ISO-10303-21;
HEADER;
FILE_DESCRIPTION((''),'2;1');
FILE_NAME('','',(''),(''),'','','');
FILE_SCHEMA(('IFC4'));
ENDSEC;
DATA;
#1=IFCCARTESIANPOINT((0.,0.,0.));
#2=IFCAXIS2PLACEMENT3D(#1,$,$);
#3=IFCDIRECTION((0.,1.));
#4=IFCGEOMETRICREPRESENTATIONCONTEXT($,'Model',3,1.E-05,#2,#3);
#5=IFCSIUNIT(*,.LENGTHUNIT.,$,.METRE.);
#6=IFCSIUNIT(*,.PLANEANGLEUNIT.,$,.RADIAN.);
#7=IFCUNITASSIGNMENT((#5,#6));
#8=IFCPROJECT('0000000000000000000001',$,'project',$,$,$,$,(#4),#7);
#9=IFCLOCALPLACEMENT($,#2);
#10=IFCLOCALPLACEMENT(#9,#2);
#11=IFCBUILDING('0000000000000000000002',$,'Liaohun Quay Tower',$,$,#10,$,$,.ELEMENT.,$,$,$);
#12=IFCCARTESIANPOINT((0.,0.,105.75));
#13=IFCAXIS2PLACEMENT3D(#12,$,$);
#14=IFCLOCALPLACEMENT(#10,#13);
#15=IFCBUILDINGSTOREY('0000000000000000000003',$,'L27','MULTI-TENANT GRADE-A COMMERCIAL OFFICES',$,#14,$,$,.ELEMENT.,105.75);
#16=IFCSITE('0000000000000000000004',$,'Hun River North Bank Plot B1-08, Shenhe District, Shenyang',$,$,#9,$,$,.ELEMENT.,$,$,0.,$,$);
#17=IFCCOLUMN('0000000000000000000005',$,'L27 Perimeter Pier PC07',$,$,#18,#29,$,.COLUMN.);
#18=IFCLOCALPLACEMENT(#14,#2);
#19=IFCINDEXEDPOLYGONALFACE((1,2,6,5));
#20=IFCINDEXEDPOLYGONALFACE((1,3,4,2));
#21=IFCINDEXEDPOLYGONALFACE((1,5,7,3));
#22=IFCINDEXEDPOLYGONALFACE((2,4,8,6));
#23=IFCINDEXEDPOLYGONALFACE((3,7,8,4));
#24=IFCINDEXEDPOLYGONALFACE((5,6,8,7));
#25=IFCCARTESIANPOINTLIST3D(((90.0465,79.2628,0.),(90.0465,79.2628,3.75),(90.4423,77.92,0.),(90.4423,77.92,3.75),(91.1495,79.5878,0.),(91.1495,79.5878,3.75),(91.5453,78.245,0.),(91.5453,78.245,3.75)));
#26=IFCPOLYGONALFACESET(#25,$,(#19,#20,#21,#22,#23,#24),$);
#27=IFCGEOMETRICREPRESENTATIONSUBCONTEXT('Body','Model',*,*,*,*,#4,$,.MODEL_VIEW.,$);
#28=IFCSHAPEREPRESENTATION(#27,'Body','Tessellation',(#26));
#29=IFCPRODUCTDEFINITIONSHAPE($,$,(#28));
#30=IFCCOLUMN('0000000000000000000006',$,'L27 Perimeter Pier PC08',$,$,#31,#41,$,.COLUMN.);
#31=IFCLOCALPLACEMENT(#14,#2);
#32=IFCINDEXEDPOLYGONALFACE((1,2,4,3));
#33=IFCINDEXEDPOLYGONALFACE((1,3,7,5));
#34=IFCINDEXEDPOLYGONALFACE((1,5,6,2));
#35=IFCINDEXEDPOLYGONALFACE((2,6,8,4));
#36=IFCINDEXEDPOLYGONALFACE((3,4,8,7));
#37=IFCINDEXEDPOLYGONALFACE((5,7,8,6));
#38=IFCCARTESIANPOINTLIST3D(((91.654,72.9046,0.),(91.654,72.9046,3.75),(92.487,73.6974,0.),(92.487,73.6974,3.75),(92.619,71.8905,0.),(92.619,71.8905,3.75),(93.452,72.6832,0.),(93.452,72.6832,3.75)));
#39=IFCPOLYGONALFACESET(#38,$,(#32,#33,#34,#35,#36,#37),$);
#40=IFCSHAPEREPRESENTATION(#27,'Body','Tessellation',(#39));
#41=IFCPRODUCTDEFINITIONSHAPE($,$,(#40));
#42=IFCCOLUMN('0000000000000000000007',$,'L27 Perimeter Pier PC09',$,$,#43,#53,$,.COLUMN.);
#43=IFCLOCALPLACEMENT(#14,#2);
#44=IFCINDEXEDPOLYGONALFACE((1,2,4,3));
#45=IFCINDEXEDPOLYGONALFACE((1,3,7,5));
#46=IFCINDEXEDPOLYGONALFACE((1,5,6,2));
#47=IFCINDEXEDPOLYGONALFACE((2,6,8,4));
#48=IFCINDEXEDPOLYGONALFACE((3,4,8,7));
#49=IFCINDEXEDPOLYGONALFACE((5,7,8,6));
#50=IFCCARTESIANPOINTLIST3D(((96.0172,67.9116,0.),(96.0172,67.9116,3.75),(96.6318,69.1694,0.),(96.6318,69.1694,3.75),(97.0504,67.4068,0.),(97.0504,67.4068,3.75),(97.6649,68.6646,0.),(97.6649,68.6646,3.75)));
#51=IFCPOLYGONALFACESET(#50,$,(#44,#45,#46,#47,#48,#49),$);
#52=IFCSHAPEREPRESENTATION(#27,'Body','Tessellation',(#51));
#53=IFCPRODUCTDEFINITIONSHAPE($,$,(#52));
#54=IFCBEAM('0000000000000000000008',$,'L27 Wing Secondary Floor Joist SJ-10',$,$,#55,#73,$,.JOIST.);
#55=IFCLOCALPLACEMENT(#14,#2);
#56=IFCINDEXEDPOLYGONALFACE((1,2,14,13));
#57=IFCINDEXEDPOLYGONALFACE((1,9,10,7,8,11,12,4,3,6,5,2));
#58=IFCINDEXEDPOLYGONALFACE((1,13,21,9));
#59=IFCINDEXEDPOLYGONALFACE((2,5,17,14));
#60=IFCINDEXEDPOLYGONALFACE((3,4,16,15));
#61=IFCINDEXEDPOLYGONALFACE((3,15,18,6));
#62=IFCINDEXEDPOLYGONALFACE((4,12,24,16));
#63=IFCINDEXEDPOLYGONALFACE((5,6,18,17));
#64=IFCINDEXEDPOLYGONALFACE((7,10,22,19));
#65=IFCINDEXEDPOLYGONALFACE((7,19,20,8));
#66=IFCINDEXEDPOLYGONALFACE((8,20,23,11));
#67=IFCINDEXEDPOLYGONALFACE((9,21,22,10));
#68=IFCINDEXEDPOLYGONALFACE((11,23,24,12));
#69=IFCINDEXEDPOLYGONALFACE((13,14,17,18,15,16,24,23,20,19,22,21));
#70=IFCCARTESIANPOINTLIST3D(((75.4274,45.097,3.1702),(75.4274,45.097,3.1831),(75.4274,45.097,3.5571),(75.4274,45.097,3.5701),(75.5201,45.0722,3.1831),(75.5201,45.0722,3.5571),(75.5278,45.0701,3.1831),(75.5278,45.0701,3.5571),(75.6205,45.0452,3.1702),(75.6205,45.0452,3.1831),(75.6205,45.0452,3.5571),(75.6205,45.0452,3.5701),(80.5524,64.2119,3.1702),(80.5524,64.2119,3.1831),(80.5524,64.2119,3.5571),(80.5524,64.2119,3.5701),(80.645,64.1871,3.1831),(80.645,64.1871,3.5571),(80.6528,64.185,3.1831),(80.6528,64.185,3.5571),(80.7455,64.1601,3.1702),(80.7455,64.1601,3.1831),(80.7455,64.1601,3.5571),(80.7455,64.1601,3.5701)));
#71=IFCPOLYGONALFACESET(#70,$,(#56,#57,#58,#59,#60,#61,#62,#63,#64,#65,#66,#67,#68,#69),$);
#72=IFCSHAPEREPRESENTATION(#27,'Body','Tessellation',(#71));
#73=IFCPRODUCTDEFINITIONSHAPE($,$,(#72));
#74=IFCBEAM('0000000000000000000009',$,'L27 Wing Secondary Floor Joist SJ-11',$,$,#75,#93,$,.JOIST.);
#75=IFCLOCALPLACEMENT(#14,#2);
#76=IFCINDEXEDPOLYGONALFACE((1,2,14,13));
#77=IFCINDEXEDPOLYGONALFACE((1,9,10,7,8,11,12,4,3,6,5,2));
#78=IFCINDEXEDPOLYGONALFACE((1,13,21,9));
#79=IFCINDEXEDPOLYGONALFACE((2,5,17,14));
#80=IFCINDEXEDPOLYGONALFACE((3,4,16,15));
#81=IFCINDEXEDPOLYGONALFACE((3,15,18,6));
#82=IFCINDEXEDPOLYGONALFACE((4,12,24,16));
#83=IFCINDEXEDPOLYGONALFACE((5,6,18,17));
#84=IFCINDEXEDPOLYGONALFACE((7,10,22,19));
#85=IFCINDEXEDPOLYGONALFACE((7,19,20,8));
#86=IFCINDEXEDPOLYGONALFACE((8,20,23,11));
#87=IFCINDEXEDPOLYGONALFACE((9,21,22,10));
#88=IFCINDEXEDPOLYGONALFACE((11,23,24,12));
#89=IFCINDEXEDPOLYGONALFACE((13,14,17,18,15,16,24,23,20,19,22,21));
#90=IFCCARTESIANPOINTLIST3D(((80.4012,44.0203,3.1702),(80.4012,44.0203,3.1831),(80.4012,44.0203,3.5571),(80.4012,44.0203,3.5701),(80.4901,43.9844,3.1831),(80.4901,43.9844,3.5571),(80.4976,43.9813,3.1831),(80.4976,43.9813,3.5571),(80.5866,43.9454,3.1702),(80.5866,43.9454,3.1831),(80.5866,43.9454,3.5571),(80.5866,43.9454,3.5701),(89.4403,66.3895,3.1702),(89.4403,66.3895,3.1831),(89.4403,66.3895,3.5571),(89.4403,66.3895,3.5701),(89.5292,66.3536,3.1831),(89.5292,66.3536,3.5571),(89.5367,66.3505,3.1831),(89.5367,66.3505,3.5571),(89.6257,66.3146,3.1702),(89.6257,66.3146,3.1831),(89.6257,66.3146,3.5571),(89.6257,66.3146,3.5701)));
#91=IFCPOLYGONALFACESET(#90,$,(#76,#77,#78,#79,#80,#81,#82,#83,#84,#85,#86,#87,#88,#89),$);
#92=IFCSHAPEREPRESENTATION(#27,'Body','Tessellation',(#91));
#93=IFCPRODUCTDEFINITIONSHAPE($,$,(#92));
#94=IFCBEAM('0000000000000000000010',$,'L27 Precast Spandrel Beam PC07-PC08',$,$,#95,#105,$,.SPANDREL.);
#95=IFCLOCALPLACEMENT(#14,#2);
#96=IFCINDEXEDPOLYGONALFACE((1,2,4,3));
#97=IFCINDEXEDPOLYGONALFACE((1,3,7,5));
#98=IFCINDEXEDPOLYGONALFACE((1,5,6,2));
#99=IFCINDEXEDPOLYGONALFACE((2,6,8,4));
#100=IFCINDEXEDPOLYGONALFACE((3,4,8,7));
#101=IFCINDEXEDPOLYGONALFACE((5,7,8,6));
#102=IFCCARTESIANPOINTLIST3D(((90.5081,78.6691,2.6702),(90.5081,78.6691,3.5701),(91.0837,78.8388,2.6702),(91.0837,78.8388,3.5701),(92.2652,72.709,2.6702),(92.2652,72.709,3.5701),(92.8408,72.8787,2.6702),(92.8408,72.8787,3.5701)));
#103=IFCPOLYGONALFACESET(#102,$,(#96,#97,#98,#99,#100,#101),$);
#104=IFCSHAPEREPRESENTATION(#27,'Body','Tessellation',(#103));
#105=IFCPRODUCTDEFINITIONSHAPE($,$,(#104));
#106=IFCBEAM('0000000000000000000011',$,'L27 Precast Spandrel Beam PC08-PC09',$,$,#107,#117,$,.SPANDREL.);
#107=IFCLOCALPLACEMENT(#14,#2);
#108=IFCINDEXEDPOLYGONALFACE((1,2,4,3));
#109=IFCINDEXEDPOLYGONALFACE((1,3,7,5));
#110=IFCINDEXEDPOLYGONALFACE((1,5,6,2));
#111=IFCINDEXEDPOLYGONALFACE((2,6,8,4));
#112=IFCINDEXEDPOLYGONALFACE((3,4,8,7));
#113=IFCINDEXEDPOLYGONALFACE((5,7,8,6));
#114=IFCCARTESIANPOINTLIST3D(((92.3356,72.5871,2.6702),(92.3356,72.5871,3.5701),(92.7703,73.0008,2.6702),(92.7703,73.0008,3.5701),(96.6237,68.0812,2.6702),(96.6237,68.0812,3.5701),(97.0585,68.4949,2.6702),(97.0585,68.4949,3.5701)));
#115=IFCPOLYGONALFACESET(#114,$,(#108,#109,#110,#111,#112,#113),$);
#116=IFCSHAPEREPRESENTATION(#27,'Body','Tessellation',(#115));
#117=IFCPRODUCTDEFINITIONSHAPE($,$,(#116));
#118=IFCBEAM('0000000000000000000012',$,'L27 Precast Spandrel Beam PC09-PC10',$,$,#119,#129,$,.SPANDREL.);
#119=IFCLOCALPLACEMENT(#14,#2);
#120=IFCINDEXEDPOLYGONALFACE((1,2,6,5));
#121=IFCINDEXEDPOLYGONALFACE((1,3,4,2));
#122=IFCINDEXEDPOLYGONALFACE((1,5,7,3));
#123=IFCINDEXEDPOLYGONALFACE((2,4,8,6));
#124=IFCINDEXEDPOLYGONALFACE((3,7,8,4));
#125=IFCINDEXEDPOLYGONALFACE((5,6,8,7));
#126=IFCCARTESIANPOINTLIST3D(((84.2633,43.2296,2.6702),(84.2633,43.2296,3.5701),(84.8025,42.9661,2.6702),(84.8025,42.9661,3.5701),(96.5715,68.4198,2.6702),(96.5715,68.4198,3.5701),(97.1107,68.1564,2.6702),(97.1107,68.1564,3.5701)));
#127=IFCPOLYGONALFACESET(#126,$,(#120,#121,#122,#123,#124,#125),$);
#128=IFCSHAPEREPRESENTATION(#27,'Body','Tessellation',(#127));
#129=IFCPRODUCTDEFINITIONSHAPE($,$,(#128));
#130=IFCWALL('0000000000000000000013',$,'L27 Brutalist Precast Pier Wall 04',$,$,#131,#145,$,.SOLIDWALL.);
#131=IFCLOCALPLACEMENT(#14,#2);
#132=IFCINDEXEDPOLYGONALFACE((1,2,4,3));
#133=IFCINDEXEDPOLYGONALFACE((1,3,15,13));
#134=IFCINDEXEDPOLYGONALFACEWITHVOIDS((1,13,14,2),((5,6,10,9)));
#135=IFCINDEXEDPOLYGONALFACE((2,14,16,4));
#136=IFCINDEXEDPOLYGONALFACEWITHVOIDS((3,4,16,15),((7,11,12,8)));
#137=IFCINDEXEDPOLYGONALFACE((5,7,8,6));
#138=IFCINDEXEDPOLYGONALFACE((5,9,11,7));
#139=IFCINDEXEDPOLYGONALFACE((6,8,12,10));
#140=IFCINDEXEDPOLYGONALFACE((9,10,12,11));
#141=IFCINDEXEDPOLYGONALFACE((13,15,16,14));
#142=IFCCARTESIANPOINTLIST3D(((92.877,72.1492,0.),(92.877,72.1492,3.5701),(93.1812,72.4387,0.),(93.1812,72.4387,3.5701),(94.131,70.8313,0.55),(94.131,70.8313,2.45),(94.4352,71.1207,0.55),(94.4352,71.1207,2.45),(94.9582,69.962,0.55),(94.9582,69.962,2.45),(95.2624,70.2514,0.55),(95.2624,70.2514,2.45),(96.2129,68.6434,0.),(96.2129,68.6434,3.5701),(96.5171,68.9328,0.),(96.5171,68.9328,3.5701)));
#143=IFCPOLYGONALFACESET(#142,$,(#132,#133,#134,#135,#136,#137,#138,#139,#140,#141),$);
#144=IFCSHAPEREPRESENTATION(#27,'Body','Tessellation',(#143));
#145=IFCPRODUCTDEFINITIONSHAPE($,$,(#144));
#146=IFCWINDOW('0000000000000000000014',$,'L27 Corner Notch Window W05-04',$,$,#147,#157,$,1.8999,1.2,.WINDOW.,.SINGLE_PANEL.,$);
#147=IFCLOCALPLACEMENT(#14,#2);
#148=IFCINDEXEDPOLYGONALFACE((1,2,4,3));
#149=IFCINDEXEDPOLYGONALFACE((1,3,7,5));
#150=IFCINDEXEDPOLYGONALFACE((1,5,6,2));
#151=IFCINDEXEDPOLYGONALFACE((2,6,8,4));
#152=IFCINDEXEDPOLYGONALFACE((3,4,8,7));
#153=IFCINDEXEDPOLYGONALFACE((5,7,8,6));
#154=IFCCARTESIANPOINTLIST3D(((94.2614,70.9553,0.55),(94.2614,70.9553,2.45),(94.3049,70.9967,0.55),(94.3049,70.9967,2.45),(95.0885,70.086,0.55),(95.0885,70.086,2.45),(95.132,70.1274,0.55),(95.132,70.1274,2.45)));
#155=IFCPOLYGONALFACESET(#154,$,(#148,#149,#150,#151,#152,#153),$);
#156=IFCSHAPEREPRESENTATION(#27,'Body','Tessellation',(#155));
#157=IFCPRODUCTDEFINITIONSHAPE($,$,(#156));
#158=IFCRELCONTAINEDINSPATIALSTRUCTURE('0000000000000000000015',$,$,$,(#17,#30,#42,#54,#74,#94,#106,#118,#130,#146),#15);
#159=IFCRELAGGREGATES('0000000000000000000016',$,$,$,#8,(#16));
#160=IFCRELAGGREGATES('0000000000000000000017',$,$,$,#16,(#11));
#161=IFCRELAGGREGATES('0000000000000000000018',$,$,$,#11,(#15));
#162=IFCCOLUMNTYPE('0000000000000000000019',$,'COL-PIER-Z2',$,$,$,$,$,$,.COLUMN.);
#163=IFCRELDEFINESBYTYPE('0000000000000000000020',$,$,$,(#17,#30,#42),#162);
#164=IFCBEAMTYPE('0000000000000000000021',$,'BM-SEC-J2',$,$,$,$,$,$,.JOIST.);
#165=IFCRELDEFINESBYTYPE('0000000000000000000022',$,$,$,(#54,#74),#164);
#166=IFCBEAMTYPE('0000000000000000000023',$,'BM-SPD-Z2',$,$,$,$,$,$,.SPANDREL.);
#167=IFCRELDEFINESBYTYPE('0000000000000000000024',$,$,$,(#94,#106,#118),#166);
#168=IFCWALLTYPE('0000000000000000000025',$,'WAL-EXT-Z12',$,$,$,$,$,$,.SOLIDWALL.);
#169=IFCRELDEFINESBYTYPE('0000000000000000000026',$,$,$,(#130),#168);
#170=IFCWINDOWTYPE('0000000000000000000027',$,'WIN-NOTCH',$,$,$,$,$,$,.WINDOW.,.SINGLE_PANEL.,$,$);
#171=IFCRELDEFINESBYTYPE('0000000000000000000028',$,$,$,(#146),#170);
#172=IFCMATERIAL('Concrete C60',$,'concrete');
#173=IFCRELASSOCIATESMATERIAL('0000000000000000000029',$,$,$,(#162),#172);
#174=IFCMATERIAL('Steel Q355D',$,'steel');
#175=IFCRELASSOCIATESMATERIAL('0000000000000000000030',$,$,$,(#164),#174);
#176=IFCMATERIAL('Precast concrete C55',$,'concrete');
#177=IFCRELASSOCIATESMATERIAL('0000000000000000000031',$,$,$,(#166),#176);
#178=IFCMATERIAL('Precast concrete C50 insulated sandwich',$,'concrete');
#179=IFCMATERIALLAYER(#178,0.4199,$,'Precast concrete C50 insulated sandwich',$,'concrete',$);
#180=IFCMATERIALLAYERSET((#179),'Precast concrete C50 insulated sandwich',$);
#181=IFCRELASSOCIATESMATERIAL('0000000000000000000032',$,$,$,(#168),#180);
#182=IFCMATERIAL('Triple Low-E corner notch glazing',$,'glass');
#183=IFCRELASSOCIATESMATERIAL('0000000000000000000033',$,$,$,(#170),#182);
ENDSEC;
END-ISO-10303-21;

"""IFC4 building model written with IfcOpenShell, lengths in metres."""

from ifc_helpers import new_model, si_unit, direction, frame, frame_2d, origin, origin_2d, place, context, subcontext, project, spatial, rectangle, i_section, extrude, source, transform, mapped, material, layer, layer_set, material_profile, profile_set, type_object, element, fill, save


model = new_model("IFC4")

# Units and contexts
model_context = context("Model", 3, precision=1e-05, world=origin(), true_north=direction((0.0, 1.0)))
body_context = subcontext(model_context, "Body", "Model", "MODEL_VIEW")
ifc_project = project(units=[si_unit("LENGTHUNIT", "METRE"), si_unit("PLANEANGLEUNIT", "RADIAN")], contexts=[model_context])

# Site, building, storey
site_placement = place(None, origin())
site = spatial("IfcSite", under=ifc_project, at=site_placement, Name="Hun River North Bank Plot B1-08, Shenhe District, Shenyang", CompositionType="ELEMENT", RefElevation=0.0)
building_placement = place(site_placement, origin())
building = spatial("IfcBuilding", under=site, at=building_placement, Name="Liaohun Quay Tower", CompositionType="ELEMENT")
storey_placement = place(building_placement, frame((0.0, 0.0, 105.75)))
storey = spatial("IfcBuildingStorey", under=building, at=storey_placement, Name="L27", Description="MULTI-TENANT GRADE-A COMMERCIAL OFFICES", CompositionType="ELEMENT", Elevation=105.75)

# Columns
ifc_material_1 = material(Name="Concrete C60", Category="concrete")
ifc_material_profile_1 = material_profile(ifc_material_1, rectangle(XDim=1.3999, YDim=1.1499, at=origin_2d()), Name="RC1400x1150")
ifc_profile_set_1 = profile_set([ifc_material_profile_1], Name="Concrete C60")
column_type = type_object("IfcColumnType", Name="COL-PIER-Z2", PredefinedType="COLUMN", material=ifc_profile_set_1)
shared_shape_1 = source(origin(), body_context, "Body", "SweptSolid", [
    extrude(rectangle(XDim=1.3999, YDim=1.1499, at=origin_2d()), origin(), (0.0, 0.0, 1.0), 3.75),
])
for number, where, z_axis, x_axis, name in (
    (1, (90.7959, 78.7539, 0.0), (0.0, 0.0, 1.0), (-0.282676, 0.959215, 0.0), "L27 Perimeter Pier PC07"),
    (2, (92.553, 72.7939, 0.0), (0.0, 0.0, 1.0), (-0.689367, 0.724413, 0.0), "L27 Perimeter Pier PC08"),
    (3, (96.8411, 68.2881, 0.0), (0.0, 0.0, 1.0), (0.438999, 0.898488, 0.0), "L27 Perimeter Pier PC09"),
):
    element("IfcColumn", number, at=place(storey_placement, frame(where, z_axis=z_axis, x_axis=x_axis)), inside=storey, type_object=column_type, Name=name, PredefinedType="COLUMN", context=body_context, shape_type="MappedRepresentation", body=[
        mapped(shared_shape_1, transform((0.0, 0.0, 0.0), x_axis=(1.0, 0.0, 0.0), y_axis=(0.0, 1.0, 0.0), z_axis=(0.0, 0.0, 1.0), scale=1.0)),
    ])

# Beams
ifc_material_2 = material(Name="Steel Q355D", Category="steel")
ifc_material_profile_2 = material_profile(ifc_material_2, i_section(OverallWidth=0.2, OverallDepth=0.3999, WebThickness=0.0081, FlangeThickness=0.0129, at=origin_2d()), Name="HN400x200x8x13")
ifc_profile_set_2 = profile_set([ifc_material_profile_2], Name="Steel Q355D")
beam_type_1 = type_object("IfcBeamType", Name="BM-SEC-J2", PredefinedType="JOIST", material=ifc_profile_set_2)
shared_shape_2 = source(origin(), body_context, "Body", "SweptSolid", [
    extrude(i_section(OverallWidth=0.2, OverallDepth=0.3999, WebThickness=0.0081, FlangeThickness=0.0129, at=origin_2d()), origin(), (0.0, 0.0, 1.0), 19.79),
])
beam_1_placement = place(storey_placement, frame((80.6489, 64.186, 3.3701), z_axis=(-0.258968, -0.965886, 0.0), x_axis=(0.965886, -0.258968, 0.0)))
element("IfcBeam", 4, at=beam_1_placement, inside=storey, type_object=beam_type_1, Name="L27 Wing Secondary Floor Joist SJ-10", PredefinedType="JOIST", context=body_context, shape_type="MappedRepresentation", body=[
    mapped(shared_shape_2, transform((0.0, 0.0, 0.0), x_axis=(1.0, 0.0, 0.0), y_axis=(0.0, 1.0, 0.0), z_axis=(0.0, 0.0, 1.0), scale=1.0)),
])
shared_shape_3 = source(origin(), body_context, "Body", "SweptSolid", [
    extrude(i_section(OverallWidth=0.2, OverallDepth=0.3999, WebThickness=0.0081, FlangeThickness=0.0129, at=origin_2d()), origin(), (0.0, 0.0, 1.0), 24.1265),
])
beam_2_placement = place(storey_placement, frame((89.533, 66.3521, 3.3701), z_axis=(-0.374654, -0.927165, 0.0), x_axis=(0.927165, -0.374654, 0.0)))
element("IfcBeam", 5, at=beam_2_placement, inside=storey, type_object=beam_type_1, Name="L27 Wing Secondary Floor Joist SJ-11", PredefinedType="JOIST", context=body_context, shape_type="MappedRepresentation", body=[
    mapped(shared_shape_3, transform((0.0, 0.0, 0.0), x_axis=(1.0, 0.0, 0.0), y_axis=(0.0, 1.0, 0.0), z_axis=(0.0, 0.0, 1.0), scale=1.0)),
])
ifc_material_3 = material(Name="Precast concrete C55", Category="concrete")
ifc_material_profile_3 = material_profile(ifc_material_3, rectangle(XDim=0.6001, YDim=0.8999, at=origin_2d()), Name="RC600x900")
ifc_profile_set_3 = profile_set([ifc_material_profile_3], Name="Precast concrete C55")
beam_type_2 = type_object("IfcBeamType", Name="BM-SPD-Z2", PredefinedType="SPANDREL", material=ifc_profile_set_3)
shared_shape_4 = source(origin(), body_context, "Body", "SweptSolid", [
    extrude(rectangle(XDim=0.6001, YDim=0.8999, at=origin_2d()), origin(), (0.0, 0.0, 1.0), 6.2136),
])
beam_3_placement = place(storey_placement, frame((90.7959, 78.7539, 3.1201), z_axis=(0.282781, -0.959184, 0.0), x_axis=(0.959184, 0.282781, 0.0)))
element("IfcBeam", 6, at=beam_3_placement, inside=storey, type_object=beam_type_2, Name="L27 Precast Spandrel Beam PC07-PC08", PredefinedType="SPANDREL", context=body_context, shape_type="MappedRepresentation", body=[
    mapped(shared_shape_4, transform((0.0, 0.0, 0.0), x_axis=(1.0, 0.0, 0.0), y_axis=(0.0, 1.0, 0.0), z_axis=(0.0, 0.0, 1.0), scale=1.0)),
])
shared_shape_5 = source(origin(), body_context, "Body", "SweptSolid", [
    extrude(rectangle(XDim=0.6001, YDim=0.8999, at=origin_2d()), origin(), (0.0, 0.0, 1.0), 6.2202),
])
beam_4_placement = place(storey_placement, frame((92.553, 72.7939, 3.1201), z_axis=(0.689385, -0.724396, 0.0), x_axis=(0.724396, 0.689385, 0.0)))
element("IfcBeam", 7, at=beam_4_placement, inside=storey, type_object=beam_type_2, Name="L27 Precast Spandrel Beam PC08-PC09", PredefinedType="SPANDREL", context=body_context, shape_type="MappedRepresentation", body=[
    mapped(shared_shape_5, transform((0.0, 0.0, 0.0), x_axis=(1.0, 0.0, 0.0), y_axis=(0.0, 1.0, 0.0), z_axis=(0.0, 0.0, 1.0), scale=1.0)),
])
shared_shape_6 = source(origin(), body_context, "Body", "SweptSolid", [
    extrude(rectangle(XDim=0.6001, YDim=0.8999, at=origin_2d()), origin(), (0.0, 0.0, 1.0), 28.0364),
])
beam_5_placement = place(storey_placement, frame((96.8411, 68.2881, 3.1201), z_axis=(-0.439006, -0.898484, 0.0), x_axis=(0.898484, -0.439006, 0.0)))
element("IfcBeam", 8, at=beam_5_placement, inside=storey, type_object=beam_type_2, Name="L27 Precast Spandrel Beam PC09-PC10", PredefinedType="SPANDREL", context=body_context, shape_type="MappedRepresentation", body=[
    mapped(shared_shape_6, transform((0.0, 0.0, 0.0), x_axis=(1.0, 0.0, 0.0), y_axis=(0.0, 1.0, 0.0), z_axis=(0.0, 0.0, 1.0), scale=1.0)),
])

# Wall, opening, window
ifc_material_4 = material(Name="Precast concrete C50 insulated sandwich", Category="concrete")
ifc_layer_1 = layer(ifc_material_4, 0.4199, Name="Precast concrete C50 insulated sandwich", Category="concrete")
ifc_layer_set_1 = layer_set([ifc_layer_1], Name="Precast concrete C50 insulated sandwich")
wall_type_1 = type_object("IfcWallType", Name="WAL-EXT-Z12", PredefinedType="SOLIDWALL", material=ifc_layer_set_1)
wall_1_placement = place(storey_placement, frame((96.365, 68.7881, 0.0), z_axis=(0.0, 0.0, 1.0), x_axis=(-0.689333, 0.724445, 0.0)))
wall_1 = element("IfcWall", 9, at=wall_1_placement, inside=storey, type_object=wall_type_1, Name="L27 Brutalist Precast Pier Wall 04", PredefinedType="SOLIDWALL", context=body_context, shape_type="SweptSolid", body=[
    extrude(rectangle(XDim=4.8394, YDim=0.4199, at=frame_2d((2.4197, 0.0))), origin(), (0.0, 0.0, 1.0), 3.5701),
])
shared_shape_7 = source(origin(), body_context, "Body", "SweptSolid", [
    extrude(rectangle(XDim=1.2, YDim=1.8999, at=frame_2d((0.6001, 0.95))), frame((0.0, 0.22, 0.0), z_axis=(0.0, -1.0, 0.0), x_axis=(1.0, 0.0, 0.0)), (0.0, 0.0, 1.0), 0.4399),
])
opening_1_placement = place(wall_1_placement, frame((1.8201, 0.0, 0.55)))
opening_1 = element("IfcOpeningElement", 10, at=opening_1_placement, cuts=wall_1, PredefinedType="OPENING", context=body_context, shape_type="MappedRepresentation", body=[
    mapped(shared_shape_7, transform((0.0, 0.0, 0.0), x_axis=(1.0, 0.0, 0.0), y_axis=(0.0, 1.0, 0.0), z_axis=(0.0, 0.0, 1.0), scale=1.0)),
])
ifc_material_5 = material(Name="Triple Low-E corner notch glazing", Category="glass")
window_type_1 = type_object("IfcWindowType", Name="WIN-NOTCH", PartitioningType="SINGLE_PANEL", PredefinedType="WINDOW", material=ifc_material_5)
shared_shape_8 = source(origin(), body_context, "Body", "SweptSolid", [
    extrude(rectangle(XDim=1.2, YDim=1.8999, at=frame_2d((0.6001, 0.95))), frame((0.0, 0.03, 0.0), z_axis=(0.0, -1.0, 0.0), x_axis=(1.0, 0.0, 0.0)), (0.0, 0.0, 1.0), 0.0601),
])
window_1_placement = place(opening_1_placement, origin())
window_1 = element("IfcWindow", 11, at=window_1_placement, inside=storey, type_object=window_type_1, Name="L27 Corner Notch Window W05-04", OverallHeight=1.8999, OverallWidth=1.2, PartitioningType="SINGLE_PANEL", PredefinedType="WINDOW", context=body_context, shape_type="MappedRepresentation", body=[
    mapped(shared_shape_8, transform((0.0, 0.0, 0.0), x_axis=(1.0, 0.0, 0.0), y_axis=(0.0, 1.0, 0.0), z_axis=(0.0, 0.0, 1.0), scale=1.0)),
])
fill(opening_1, window_1)

save(model, "model.ifc")
